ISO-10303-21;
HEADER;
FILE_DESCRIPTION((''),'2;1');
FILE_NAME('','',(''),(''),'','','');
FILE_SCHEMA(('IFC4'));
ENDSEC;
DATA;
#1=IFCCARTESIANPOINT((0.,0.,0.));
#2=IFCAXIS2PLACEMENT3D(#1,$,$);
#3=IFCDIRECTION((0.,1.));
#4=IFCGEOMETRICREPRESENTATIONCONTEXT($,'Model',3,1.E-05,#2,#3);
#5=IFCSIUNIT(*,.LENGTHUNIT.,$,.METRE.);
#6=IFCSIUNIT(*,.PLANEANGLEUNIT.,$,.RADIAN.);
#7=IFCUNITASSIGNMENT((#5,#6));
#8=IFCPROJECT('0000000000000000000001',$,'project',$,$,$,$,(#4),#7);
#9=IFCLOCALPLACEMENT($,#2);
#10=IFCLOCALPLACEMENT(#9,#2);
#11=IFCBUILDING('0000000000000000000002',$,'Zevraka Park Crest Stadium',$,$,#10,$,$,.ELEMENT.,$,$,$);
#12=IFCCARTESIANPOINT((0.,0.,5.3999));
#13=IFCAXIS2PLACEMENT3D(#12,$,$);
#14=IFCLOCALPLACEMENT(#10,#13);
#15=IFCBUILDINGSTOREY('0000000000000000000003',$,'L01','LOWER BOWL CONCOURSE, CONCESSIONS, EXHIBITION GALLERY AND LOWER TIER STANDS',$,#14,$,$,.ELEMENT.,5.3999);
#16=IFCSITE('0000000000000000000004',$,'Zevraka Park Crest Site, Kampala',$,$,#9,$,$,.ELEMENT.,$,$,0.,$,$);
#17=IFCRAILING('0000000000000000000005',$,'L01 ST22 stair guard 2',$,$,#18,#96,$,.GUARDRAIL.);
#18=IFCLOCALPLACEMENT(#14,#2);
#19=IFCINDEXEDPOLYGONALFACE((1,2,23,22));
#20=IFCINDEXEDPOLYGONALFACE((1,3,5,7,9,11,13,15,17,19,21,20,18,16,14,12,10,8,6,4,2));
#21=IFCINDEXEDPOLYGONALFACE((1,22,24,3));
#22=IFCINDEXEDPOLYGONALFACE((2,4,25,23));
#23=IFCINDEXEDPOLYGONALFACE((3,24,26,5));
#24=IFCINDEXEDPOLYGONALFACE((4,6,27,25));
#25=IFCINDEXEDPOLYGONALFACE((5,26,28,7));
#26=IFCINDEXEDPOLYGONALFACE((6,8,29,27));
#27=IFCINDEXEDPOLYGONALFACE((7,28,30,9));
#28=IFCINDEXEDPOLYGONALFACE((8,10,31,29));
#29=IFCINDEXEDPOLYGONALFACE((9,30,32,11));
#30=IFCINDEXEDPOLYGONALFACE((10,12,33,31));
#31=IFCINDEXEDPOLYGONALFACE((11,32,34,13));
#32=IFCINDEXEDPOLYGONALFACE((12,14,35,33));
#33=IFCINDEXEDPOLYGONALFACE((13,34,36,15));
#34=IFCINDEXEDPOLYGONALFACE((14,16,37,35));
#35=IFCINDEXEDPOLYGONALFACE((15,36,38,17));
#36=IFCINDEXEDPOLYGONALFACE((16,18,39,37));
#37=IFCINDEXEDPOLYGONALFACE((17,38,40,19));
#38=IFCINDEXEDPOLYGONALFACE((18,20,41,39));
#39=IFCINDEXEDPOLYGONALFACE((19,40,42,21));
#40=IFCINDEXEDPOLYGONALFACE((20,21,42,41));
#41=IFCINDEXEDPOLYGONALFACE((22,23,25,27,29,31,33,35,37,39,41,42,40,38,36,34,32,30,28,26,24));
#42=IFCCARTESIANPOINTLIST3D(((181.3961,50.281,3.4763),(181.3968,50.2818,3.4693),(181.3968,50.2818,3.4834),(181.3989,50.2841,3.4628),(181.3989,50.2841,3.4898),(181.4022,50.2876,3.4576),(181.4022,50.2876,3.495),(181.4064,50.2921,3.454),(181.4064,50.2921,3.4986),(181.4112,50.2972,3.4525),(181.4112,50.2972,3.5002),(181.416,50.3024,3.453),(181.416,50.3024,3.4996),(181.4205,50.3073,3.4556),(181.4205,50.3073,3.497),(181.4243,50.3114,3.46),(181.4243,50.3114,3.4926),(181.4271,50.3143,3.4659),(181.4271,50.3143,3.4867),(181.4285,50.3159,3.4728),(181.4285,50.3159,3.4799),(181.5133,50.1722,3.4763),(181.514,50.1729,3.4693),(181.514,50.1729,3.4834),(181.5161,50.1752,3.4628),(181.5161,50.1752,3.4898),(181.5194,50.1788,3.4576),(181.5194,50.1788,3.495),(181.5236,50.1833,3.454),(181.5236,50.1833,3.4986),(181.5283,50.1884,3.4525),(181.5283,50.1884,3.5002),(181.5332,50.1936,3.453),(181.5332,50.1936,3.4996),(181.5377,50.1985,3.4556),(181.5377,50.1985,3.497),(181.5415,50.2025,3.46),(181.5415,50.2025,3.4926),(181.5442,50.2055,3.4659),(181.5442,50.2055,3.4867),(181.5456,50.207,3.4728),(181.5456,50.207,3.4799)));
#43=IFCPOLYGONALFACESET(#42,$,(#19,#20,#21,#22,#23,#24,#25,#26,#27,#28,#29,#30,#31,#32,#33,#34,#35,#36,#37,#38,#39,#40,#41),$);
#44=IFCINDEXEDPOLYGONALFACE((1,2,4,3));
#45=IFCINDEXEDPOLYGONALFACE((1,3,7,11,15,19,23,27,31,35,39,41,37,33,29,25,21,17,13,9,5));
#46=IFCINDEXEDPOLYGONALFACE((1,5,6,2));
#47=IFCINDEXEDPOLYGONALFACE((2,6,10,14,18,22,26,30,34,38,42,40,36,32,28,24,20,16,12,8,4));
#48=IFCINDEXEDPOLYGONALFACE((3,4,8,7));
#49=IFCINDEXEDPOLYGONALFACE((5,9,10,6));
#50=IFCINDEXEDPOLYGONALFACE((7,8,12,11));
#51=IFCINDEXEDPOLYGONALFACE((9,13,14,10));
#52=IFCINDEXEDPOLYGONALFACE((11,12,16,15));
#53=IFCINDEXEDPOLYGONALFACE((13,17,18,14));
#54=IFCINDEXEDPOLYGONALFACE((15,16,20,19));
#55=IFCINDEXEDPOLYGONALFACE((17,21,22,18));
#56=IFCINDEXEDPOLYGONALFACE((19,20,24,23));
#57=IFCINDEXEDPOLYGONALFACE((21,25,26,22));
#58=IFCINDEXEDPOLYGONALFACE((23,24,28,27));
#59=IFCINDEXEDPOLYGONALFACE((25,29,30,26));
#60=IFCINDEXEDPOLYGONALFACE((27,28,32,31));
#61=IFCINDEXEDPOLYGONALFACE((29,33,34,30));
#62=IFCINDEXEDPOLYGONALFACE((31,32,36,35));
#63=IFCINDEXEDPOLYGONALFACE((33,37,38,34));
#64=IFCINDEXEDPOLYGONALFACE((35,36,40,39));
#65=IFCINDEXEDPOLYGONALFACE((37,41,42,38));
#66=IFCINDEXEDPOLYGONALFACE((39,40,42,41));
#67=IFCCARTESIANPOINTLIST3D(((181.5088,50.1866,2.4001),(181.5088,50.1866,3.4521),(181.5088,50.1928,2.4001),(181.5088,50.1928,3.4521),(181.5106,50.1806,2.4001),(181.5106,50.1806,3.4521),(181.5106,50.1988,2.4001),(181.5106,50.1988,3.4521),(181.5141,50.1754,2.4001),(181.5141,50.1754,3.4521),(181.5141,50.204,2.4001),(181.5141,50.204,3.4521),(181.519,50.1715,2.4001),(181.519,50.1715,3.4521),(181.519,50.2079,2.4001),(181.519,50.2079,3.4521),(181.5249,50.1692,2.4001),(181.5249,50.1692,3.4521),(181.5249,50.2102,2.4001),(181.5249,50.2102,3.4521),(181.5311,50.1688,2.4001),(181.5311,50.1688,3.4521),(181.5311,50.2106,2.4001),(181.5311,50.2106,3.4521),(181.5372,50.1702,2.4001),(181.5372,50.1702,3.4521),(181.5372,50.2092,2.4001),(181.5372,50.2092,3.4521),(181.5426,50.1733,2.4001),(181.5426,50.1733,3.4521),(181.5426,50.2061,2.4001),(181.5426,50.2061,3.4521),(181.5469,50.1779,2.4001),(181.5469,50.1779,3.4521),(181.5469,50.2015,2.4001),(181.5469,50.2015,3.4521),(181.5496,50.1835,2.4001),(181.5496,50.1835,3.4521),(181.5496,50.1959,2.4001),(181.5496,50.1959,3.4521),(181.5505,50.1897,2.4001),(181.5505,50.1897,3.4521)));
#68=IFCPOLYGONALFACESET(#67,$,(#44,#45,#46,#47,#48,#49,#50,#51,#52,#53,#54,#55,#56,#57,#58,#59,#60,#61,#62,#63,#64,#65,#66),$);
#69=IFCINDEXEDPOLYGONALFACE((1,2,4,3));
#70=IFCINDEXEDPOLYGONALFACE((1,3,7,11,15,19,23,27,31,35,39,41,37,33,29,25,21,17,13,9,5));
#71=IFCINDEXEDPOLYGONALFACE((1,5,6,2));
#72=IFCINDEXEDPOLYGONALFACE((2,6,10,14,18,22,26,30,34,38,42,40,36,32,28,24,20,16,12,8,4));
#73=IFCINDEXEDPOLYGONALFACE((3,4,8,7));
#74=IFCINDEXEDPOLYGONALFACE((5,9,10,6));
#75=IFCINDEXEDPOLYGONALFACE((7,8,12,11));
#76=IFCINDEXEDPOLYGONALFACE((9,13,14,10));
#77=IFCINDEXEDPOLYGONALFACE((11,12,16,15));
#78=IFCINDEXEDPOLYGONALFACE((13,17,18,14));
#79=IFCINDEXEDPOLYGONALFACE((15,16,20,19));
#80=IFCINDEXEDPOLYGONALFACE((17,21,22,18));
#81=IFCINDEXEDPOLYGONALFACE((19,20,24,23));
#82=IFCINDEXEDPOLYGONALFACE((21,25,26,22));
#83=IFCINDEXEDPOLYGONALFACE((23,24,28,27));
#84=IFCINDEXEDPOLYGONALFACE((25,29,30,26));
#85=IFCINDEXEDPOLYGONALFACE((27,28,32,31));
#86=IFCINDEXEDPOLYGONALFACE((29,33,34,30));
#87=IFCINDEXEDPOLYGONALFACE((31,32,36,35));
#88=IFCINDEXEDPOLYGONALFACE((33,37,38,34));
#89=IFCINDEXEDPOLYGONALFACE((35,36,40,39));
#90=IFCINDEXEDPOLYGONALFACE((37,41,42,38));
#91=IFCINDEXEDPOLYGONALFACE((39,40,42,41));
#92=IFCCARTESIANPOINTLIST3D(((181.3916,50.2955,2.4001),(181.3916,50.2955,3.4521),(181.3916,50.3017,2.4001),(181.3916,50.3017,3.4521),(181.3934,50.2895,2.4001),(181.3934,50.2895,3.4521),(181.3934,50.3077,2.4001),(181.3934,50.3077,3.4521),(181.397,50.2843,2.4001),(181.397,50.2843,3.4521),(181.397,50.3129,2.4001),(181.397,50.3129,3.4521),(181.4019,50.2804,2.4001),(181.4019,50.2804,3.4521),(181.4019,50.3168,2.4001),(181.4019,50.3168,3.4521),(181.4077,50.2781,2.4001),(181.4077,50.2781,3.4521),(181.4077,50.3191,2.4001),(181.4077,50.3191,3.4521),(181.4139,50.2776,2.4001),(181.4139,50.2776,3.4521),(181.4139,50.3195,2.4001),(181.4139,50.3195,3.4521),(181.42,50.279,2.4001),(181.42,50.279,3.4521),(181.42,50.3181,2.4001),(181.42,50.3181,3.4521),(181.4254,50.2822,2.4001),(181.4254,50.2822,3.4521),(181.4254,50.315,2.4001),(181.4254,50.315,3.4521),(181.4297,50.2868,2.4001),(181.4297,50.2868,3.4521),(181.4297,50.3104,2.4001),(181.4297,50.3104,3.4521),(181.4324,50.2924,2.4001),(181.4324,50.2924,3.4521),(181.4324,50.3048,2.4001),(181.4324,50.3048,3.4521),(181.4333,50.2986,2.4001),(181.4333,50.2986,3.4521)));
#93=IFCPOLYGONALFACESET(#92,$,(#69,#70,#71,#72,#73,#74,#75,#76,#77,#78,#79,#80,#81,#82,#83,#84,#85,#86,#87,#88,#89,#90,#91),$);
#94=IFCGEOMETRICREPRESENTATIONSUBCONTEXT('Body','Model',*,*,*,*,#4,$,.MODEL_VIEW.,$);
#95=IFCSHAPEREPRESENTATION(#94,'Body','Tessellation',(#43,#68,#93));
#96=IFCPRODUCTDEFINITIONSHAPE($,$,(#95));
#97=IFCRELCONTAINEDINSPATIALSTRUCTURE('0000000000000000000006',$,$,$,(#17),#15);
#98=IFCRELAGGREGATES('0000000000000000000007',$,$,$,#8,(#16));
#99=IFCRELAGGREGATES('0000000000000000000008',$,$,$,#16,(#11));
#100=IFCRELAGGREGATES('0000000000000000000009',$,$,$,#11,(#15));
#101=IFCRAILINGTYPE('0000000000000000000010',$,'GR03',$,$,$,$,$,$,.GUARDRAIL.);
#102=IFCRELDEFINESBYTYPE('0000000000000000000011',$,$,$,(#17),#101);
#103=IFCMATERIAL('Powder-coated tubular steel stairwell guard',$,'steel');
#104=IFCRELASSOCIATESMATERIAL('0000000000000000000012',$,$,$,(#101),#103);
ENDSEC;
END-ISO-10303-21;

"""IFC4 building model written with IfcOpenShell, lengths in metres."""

from ifc_helpers import new_model, si_unit, direction, frame, origin, origin_2d, place, context, subcontext, project, spatial, circle, extrude, material, type_object, element, save


model = new_model("IFC4")

# Units and contexts
model_context = context("Model", 3, precision=1e-05, world=origin(), true_north=direction((0.0, 1.0)))
body_context = subcontext(model_context, "Body", "Model", "MODEL_VIEW")
ifc_project = project(units=[si_unit("LENGTHUNIT", "METRE"), si_unit("PLANEANGLEUNIT", "RADIAN")], contexts=[model_context])

# Site, building, storey
site_placement = place(None, origin())
site = spatial("IfcSite", under=ifc_project, at=site_placement, Name="Zevraka Park Crest Site, Kampala", CompositionType="ELEMENT", RefElevation=0.0)
building_placement = place(site_placement, origin())
building = spatial("IfcBuilding", under=site, at=building_placement, Name="Zevraka Park Crest Stadium", CompositionType="ELEMENT")
storey_placement = place(building_placement, frame((0.0, 0.0, 5.3999)))
storey = spatial("IfcBuildingStorey", under=building, at=storey_placement, Name="L01", Description="LOWER BOWL CONCOURSE, CONCESSIONS, EXHIBITION GALLERY AND LOWER TIER STANDS", CompositionType="ELEMENT", Elevation=5.3999)

# Railing
ifc_material_1 = material(Name="Powder-coated tubular steel stairwell guard", Category="steel")
railing_type_1 = type_object("IfcRailingType", Name="GR03", PredefinedType="GUARDRAIL", material=ifc_material_1)
railing_1_placement = place(storey_placement, frame((181.5295, 50.1897, 2.4001)))
element("IfcRailing", 1, at=railing_1_placement, inside=storey, type_object=railing_type_1, Name="L01 ST22 stair guard 2", PredefinedType="GUARDRAIL", context=body_context, shape_type="SweptSolid", body=[
    extrude(circle(Radius=0.0239, at=origin_2d()), frame((0.0, 0.0, 1.0762), z_axis=(-0.732576, 0.680685, 0.0), x_axis=(-0.680685, -0.732576, 0.0)), (0.0, 0.0, 1.0), 0.1599),
    extrude(circle(Radius=0.021, at=origin_2d()), origin(), (0.0, 0.0, 1.0), 1.052),
    extrude(circle(Radius=0.021, at=origin_2d()), frame((-0.1172, 0.1089, 0.0)), (0.0, 0.0, 1.0), 1.052),
])

save(model, "model.ifc")
